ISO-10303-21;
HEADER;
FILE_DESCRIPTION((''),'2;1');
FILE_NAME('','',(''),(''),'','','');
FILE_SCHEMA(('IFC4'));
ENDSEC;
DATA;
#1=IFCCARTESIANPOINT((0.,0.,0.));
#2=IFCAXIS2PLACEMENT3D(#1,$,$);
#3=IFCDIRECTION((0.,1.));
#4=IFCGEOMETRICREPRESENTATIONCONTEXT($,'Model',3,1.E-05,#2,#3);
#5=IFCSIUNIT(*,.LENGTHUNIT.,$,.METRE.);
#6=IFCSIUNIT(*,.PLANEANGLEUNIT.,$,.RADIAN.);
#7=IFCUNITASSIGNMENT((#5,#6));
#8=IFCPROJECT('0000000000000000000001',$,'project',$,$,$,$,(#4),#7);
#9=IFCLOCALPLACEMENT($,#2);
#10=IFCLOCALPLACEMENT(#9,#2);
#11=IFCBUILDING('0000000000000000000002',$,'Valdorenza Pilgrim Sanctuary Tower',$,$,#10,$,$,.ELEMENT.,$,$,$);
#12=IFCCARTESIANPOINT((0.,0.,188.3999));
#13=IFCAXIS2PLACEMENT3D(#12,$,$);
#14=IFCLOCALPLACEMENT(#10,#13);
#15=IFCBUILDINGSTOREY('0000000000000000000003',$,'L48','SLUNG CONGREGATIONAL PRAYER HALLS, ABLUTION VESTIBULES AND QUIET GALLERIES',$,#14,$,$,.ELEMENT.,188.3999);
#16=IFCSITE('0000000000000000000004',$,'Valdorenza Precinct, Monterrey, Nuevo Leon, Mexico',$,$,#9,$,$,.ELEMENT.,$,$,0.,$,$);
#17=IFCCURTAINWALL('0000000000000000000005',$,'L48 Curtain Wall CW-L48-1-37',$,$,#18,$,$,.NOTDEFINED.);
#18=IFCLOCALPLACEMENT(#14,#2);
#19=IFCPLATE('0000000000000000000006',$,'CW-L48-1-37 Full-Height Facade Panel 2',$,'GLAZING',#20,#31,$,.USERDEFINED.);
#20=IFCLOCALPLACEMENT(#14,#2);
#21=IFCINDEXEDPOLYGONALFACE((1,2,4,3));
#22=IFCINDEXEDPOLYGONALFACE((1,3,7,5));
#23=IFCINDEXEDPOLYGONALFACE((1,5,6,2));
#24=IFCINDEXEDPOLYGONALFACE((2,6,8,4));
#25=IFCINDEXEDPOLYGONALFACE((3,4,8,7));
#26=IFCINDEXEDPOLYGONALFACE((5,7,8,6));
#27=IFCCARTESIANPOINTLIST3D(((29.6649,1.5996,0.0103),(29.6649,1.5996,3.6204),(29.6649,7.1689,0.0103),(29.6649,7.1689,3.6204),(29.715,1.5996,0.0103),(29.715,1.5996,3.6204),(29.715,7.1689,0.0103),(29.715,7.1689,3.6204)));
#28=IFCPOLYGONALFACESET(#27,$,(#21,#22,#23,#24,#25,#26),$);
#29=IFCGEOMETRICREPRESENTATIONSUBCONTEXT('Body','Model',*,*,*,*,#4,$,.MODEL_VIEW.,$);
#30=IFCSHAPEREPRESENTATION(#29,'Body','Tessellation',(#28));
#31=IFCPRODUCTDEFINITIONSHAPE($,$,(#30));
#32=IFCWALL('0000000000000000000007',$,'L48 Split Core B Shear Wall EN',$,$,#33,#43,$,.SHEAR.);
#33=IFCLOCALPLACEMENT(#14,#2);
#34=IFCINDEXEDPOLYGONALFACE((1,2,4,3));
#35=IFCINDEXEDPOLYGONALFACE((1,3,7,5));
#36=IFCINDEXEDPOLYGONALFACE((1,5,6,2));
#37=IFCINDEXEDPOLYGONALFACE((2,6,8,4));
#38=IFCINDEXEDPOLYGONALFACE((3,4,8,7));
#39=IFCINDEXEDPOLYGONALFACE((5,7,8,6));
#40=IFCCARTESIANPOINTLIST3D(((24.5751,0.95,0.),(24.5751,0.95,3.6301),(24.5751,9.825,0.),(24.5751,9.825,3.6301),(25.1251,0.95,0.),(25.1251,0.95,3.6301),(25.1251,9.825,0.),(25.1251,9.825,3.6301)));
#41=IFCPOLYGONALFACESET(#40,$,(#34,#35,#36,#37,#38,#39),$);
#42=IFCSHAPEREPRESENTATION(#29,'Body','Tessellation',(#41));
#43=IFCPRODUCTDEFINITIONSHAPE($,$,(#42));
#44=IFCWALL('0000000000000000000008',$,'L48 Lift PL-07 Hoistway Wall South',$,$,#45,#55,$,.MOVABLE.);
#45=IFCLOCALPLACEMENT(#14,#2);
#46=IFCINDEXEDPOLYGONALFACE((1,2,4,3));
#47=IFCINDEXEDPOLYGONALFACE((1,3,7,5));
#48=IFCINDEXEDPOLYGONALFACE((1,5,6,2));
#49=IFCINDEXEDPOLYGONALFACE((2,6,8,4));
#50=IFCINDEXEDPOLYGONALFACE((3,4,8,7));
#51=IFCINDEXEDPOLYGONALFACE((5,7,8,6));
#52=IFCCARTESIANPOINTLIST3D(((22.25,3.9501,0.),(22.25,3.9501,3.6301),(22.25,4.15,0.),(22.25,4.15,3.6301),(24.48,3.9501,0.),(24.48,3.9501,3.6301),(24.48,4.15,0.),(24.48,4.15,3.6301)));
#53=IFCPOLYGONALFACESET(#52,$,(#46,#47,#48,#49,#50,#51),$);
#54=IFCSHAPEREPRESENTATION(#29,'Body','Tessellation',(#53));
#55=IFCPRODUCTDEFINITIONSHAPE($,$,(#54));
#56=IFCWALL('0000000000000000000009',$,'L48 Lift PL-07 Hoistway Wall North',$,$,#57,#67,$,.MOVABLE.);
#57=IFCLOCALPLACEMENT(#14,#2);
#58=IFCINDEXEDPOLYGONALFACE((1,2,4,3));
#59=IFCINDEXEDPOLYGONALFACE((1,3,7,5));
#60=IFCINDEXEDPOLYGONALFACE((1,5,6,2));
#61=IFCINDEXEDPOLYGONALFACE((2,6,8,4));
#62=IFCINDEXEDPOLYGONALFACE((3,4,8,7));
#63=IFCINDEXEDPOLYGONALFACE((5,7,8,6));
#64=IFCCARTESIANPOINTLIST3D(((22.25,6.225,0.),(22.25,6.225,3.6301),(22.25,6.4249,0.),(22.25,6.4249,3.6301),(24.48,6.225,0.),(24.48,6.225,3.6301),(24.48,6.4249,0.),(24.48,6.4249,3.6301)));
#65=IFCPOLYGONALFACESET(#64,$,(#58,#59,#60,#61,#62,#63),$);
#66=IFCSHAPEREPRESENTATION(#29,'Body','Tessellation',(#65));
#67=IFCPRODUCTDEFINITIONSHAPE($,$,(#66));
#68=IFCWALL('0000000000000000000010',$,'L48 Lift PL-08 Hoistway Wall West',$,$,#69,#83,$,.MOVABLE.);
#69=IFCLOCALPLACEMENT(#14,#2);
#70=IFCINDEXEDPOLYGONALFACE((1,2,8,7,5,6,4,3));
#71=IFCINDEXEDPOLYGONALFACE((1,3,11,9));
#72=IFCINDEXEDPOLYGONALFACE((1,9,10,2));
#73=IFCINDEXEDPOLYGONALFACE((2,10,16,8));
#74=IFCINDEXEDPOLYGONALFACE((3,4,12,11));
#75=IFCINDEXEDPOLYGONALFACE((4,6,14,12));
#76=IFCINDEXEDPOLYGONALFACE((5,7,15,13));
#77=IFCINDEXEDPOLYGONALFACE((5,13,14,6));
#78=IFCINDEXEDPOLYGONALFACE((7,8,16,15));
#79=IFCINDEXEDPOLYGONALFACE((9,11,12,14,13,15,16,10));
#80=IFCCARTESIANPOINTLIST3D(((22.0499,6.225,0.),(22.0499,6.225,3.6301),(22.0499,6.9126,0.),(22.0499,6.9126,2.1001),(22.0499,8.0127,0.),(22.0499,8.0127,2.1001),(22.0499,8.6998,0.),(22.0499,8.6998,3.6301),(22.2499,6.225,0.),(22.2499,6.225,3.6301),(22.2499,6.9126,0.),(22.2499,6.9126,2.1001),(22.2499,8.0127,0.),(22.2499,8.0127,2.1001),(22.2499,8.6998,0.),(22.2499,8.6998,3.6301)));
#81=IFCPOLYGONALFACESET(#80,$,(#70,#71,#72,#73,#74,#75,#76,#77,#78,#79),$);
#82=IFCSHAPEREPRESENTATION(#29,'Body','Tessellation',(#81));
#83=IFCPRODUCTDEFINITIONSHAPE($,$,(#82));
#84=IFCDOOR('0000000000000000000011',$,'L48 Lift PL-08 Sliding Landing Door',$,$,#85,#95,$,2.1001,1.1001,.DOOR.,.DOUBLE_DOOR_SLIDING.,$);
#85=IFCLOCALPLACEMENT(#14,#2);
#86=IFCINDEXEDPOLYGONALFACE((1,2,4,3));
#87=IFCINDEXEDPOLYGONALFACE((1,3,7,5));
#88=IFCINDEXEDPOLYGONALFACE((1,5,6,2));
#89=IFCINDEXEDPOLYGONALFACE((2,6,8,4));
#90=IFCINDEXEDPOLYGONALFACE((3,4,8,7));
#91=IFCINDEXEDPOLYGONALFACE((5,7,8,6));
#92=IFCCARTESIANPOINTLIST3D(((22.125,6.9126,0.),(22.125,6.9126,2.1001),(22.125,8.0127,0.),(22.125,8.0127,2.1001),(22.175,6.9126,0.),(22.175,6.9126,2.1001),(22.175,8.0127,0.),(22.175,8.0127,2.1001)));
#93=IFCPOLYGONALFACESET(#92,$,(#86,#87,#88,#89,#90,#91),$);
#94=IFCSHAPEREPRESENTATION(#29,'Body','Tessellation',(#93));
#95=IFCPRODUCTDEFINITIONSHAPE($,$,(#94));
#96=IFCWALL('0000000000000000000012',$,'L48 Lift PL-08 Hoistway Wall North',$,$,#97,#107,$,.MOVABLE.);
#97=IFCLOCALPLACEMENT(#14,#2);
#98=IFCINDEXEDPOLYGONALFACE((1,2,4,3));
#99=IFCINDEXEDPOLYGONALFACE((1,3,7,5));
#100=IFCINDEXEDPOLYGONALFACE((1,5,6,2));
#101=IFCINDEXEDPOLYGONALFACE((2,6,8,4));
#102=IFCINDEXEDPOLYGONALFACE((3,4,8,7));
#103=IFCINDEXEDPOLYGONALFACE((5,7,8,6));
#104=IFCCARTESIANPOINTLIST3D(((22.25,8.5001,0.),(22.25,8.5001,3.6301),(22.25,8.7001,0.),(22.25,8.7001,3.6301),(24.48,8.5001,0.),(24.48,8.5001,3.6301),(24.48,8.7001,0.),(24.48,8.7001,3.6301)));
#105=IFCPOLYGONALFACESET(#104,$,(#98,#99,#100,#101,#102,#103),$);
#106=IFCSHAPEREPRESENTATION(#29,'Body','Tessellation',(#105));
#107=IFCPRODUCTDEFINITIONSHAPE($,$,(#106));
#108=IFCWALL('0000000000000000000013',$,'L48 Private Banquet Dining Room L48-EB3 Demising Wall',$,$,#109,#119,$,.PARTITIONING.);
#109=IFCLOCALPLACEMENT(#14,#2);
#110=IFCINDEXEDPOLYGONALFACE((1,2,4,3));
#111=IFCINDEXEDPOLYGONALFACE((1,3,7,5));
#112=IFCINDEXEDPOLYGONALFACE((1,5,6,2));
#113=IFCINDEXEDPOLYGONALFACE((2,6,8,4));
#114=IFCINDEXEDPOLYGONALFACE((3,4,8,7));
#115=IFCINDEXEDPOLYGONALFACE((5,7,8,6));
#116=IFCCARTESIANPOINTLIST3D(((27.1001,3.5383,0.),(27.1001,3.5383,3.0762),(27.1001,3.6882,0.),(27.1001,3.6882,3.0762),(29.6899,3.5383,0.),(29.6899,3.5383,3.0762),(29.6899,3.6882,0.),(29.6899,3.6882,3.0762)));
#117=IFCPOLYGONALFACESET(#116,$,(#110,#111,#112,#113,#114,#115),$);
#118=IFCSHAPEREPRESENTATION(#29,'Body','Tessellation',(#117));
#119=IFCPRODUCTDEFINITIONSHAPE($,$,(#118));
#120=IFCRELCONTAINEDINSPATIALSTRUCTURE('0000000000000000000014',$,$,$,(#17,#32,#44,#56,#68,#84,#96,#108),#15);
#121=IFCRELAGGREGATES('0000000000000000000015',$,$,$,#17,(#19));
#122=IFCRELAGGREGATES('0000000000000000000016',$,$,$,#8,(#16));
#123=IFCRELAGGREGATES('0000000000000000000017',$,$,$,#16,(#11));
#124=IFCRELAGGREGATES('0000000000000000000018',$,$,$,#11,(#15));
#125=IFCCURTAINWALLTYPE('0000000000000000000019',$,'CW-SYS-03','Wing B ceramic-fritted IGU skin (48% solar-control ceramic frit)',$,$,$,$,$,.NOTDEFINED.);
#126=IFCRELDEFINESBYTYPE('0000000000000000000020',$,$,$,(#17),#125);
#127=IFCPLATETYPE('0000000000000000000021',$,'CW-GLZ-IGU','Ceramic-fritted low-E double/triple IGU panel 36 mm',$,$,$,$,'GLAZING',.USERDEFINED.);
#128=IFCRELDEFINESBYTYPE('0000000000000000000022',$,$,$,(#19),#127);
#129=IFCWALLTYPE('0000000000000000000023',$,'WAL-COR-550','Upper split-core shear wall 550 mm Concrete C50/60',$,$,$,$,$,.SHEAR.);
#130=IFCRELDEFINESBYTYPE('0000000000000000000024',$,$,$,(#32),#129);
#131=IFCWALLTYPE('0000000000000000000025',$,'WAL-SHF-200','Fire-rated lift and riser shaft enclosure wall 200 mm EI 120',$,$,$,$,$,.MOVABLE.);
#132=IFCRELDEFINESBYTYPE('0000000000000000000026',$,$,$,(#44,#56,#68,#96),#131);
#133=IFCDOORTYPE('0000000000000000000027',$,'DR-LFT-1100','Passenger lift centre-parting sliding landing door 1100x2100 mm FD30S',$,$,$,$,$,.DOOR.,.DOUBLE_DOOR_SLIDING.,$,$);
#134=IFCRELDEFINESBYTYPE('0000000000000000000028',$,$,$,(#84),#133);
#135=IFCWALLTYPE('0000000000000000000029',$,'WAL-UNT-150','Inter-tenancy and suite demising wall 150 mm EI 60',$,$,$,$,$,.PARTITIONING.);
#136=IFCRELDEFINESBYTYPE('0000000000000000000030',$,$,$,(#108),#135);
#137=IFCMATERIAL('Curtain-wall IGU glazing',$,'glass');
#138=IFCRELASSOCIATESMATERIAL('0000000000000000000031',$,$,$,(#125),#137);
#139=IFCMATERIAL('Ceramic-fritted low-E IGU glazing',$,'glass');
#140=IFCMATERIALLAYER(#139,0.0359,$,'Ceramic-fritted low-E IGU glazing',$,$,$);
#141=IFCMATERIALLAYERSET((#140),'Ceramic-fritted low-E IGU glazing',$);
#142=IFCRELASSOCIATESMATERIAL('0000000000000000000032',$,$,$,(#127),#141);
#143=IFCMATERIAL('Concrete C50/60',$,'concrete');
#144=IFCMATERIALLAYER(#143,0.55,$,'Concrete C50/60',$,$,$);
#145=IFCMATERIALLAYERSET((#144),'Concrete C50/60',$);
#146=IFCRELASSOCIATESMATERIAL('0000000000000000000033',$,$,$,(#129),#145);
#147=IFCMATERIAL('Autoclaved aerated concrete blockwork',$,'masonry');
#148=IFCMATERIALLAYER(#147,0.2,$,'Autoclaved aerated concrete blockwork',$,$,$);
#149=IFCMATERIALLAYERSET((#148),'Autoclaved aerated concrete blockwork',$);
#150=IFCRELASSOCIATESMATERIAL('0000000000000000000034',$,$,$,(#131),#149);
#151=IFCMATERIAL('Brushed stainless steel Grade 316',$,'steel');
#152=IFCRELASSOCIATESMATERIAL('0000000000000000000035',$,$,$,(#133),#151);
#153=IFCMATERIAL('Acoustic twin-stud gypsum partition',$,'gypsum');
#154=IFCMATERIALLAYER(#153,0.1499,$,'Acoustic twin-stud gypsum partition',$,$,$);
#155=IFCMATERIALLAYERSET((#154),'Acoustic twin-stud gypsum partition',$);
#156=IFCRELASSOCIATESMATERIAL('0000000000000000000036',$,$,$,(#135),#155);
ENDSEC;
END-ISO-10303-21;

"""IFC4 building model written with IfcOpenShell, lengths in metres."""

from ifc_helpers import new_model, si_unit, direction, frame, frame_2d, origin, origin_2d, place, context, subcontext, project, spatial, rectangle, extrude, source, transform, mapped, material, layer, layer_set, type_object, element, fill, aggregate, save


model = new_model("IFC4")

# Units and contexts
model_context = context("Model", 3, precision=1e-05, world=origin(), true_north=direction((0.0, 1.0)))
body_context = subcontext(model_context, "Body", "Model", "MODEL_VIEW")
ifc_project = project(units=[si_unit("LENGTHUNIT", "METRE"), si_unit("PLANEANGLEUNIT", "RADIAN")], contexts=[model_context])

# Site, building, storey
site_placement = place(None, origin())
site = spatial("IfcSite", under=ifc_project, at=site_placement, Name="Valdorenza Precinct, Monterrey, Nuevo Leon, Mexico", CompositionType="ELEMENT", RefElevation=0.0)
building_placement = place(site_placement, origin())
building = spatial("IfcBuilding", under=site, at=building_placement, Name="Valdorenza Pilgrim Sanctuary Tower", CompositionType="ELEMENT")
storey_placement = place(building_placement, frame((0.0, 0.0, 188.3999)))
storey = spatial("IfcBuildingStorey", under=building, at=storey_placement, Name="L48", Description="SLUNG CONGREGATIONAL PRAYER HALLS, ABLUTION VESTIBULES AND QUIET GALLERIES", CompositionType="ELEMENT", Elevation=188.3999)

# Curtain wall, plate
ifc_material_1 = material(Name="Curtain-wall IGU glazing", Category="glass")
curtain_wall_type = type_object("IfcCurtainWallType", Name="CW-SYS-03", Description="Wing B ceramic-fritted IGU skin (48% solar-control ceramic frit)", PredefinedType="NOTDEFINED", material=ifc_material_1)
curtain_wall_placement = place(storey_placement, origin())
curtain_wall = element("IfcCurtainWall", 1, at=curtain_wall_placement, inside=storey, type_object=curtain_wall_type, Name="L48 Curtain Wall CW-L48-1-37", PredefinedType="NOTDEFINED")
ifc_material_2 = material(Name="Ceramic-fritted low-E IGU glazing", Category="glass")
ifc_layer_1 = layer(ifc_material_2, 0.0359, Name="Ceramic-fritted low-E IGU glazing")
ifc_layer_set_1 = layer_set([ifc_layer_1], Name="Ceramic-fritted low-E IGU glazing")
plate_type = type_object("IfcPlateType", Name="CW-GLZ-IGU", Description="Ceramic-fritted low-E double/triple IGU panel 36 mm", ElementType="GLAZING", PredefinedType="USERDEFINED", material=ifc_layer_set_1)
shared_shape_1 = source(origin(), body_context, "Body", "SweptSolid", [
    extrude(rectangle(XDim=5.5693, YDim=0.05, at=origin_2d()), origin(), (0.0, 0.0, 1.0), 3.6101),
])
plate_placement = place(storey_placement, frame((29.6899, 4.3843, 0.0103), z_axis=(0.0, 0.0, 1.0), x_axis=(0.0, -1.0, 0.0)))
plate = element("IfcPlate", 2, at=plate_placement, type_object=plate_type, Name="CW-L48-1-37 Full-Height Facade Panel 2", ObjectType="GLAZING", PredefinedType="USERDEFINED", context=body_context, shape_type="MappedRepresentation", body=[
    mapped(shared_shape_1, transform((0.0, 0.0, 0.0), x_axis=(1.0, 0.0, 0.0), y_axis=(0.0, 1.0, 0.0), z_axis=(0.0, 0.0, 1.0), scale=1.0)),
])
aggregate(curtain_wall, [plate])

# Walls
ifc_material_3 = material(Name="Concrete C50/60", Category="concrete")
ifc_layer_2 = layer(ifc_material_3, 0.55, Name="Concrete C50/60")
ifc_layer_set_2 = layer_set([ifc_layer_2], Name="Concrete C50/60")
wall_type_1 = type_object("IfcWallType", Name="WAL-COR-550", Description="Upper split-core shear wall 550 mm Concrete C50/60", PredefinedType="SHEAR", material=ifc_layer_set_2)
wall_1_placement = place(storey_placement, frame((24.8501, 0.95, 0.0), z_axis=(0.0, 0.0, 1.0), x_axis=(0.0, 1.0, 0.0)))
element("IfcWall", 3, at=wall_1_placement, inside=storey, type_object=wall_type_1, Name="L48 Split Core B Shear Wall EN", PredefinedType="SHEAR", context=body_context, shape_type="SweptSolid", body=[
    extrude(rectangle(XDim=8.875, YDim=0.55, at=frame_2d((4.4375, 0.0))), origin(), (0.0, 0.0, 1.0), 3.6301),
])
ifc_material_4 = material(Name="Autoclaved aerated concrete blockwork", Category="masonry")
ifc_layer_3 = layer(ifc_material_4, 0.2, Name="Autoclaved aerated concrete blockwork")
ifc_layer_set_3 = layer_set([ifc_layer_3], Name="Autoclaved aerated concrete blockwork")
wall_type_2 = type_object("IfcWallType", Name="WAL-SHF-200", Description="Fire-rated lift and riser shaft enclosure wall 200 mm EI 120", PredefinedType="MOVABLE", material=ifc_layer_set_3)
for number, where, z_axis, x_axis, name in (
    (4, (22.25, 4.05, 0.0), (0.0, 0.0, 1.0), (1.0, 0.0, 0.0), "L48 Lift PL-07 Hoistway Wall South"),
    (5, (22.25, 6.325, 0.0), (0.0, 0.0, 1.0), (1.0, 0.0, 0.0), "L48 Lift PL-07 Hoistway Wall North"),
):
    element("IfcWall", number, at=place(storey_placement, frame(where, z_axis=z_axis, x_axis=x_axis)), inside=storey, type_object=wall_type_2, Name=name, PredefinedType="MOVABLE", context=body_context, shape_type="SweptSolid", body=[
        extrude(rectangle(XDim=2.23, YDim=0.2, at=frame_2d((1.115, 0.0))), origin(), (0.0, 0.0, 1.0), 3.6301),
    ])

# Wall, opening, door
wall_2_placement = place(storey_placement, frame((22.1499, 6.2251, 0.0), z_axis=(0.0, 0.0, 1.0), x_axis=(0.0, 1.0, 0.0)))
wall_2 = element("IfcWall", 6, at=wall_2_placement, inside=storey, type_object=wall_type_2, Name="L48 Lift PL-08 Hoistway Wall West", PredefinedType="MOVABLE", context=body_context, shape_type="SweptSolid", body=[
    extrude(rectangle(XDim=2.4749, YDim=0.2, at=frame_2d((1.2373, 0.0))), origin(), (0.0, 0.0, 1.0), 3.6301),
])
opening_placement = place(wall_2_placement, frame((0.6875, 0.0, 0.0)))
opening = element("IfcOpeningElement", 7, at=opening_placement, cuts=wall_2, PredefinedType="OPENING", context=body_context, shape_type="SweptSolid", body=[
    extrude(rectangle(XDim=1.1001, YDim=2.1001, at=frame_2d((0.55, 1.05))), frame((0.0, 0.1147, 0.0), z_axis=(0.0, -1.0, 0.0), x_axis=(1.0, 0.0, 0.0)), (0.0, 0.0, 1.0), 0.2297),
])
ifc_material_5 = material(Name="Brushed stainless steel Grade 316", Category="steel")
door_type = type_object("IfcDoorType", Name="DR-LFT-1100", Description="Passenger lift centre-parting sliding landing door 1100x2100 mm FD30S", OperationType="DOUBLE_DOOR_SLIDING", PredefinedType="DOOR", material=ifc_material_5)
door_placement = place(opening_placement, origin())
door = element("IfcDoor", 8, at=door_placement, inside=storey, type_object=door_type, Name="L48 Lift PL-08 Sliding Landing Door", OperationType="DOUBLE_DOOR_SLIDING", OverallHeight=2.1001, OverallWidth=1.1001, PredefinedType="DOOR", context=body_context, shape_type="SweptSolid", body=[
    extrude(rectangle(XDim=1.1001, YDim=2.1001, at=frame_2d((0.55, 1.05))), frame((0.0, 0.0249, 0.0), z_axis=(0.0, -1.0, 0.0), x_axis=(1.0, 0.0, 0.0)), (0.0, 0.0, 1.0), 0.05),
])
fill(opening, door)

# Walls
wall_3_placement = place(storey_placement, frame((22.25, 8.6001, 0.0), z_axis=(0.0, 0.0, 1.0), x_axis=(1.0, 0.0, 0.0)))
element("IfcWall", 9, at=wall_3_placement, inside=storey, type_object=wall_type_2, Name="L48 Lift PL-08 Hoistway Wall North", PredefinedType="MOVABLE", context=body_context, shape_type="SweptSolid", body=[
    extrude(rectangle(XDim=2.23, YDim=0.2, at=frame_2d((1.115, 0.0))), origin(), (0.0, 0.0, 1.0), 3.6301),
])
ifc_material_6 = material(Name="Acoustic twin-stud gypsum partition", Category="gypsum")
ifc_layer_4 = layer(ifc_material_6, 0.1499, Name="Acoustic twin-stud gypsum partition")
ifc_layer_set_4 = layer_set([ifc_layer_4], Name="Acoustic twin-stud gypsum partition")
wall_type_3 = type_object("IfcWallType", Name="WAL-UNT-150", Description="Inter-tenancy and suite demising wall 150 mm EI 60", PredefinedType="PARTITIONING", material=ifc_layer_set_4)
wall_4_placement = place(storey_placement, frame((27.1001, 3.6133, 0.0), z_axis=(0.0, 0.0, 1.0), x_axis=(1.0, 0.0, 0.0)))
element("IfcWall", 10, at=wall_4_placement, inside=storey, type_object=wall_type_3, Name="L48 Private Banquet Dining Room L48-EB3 Demising Wall", PredefinedType="PARTITIONING", context=body_context, shape_type="SweptSolid", body=[
    extrude(rectangle(XDim=2.5898, YDim=0.1499, at=frame_2d((1.2949, 0.0))), origin(), (0.0, 0.0, 1.0), 3.0762),
])

save(model, "model.ifc")
